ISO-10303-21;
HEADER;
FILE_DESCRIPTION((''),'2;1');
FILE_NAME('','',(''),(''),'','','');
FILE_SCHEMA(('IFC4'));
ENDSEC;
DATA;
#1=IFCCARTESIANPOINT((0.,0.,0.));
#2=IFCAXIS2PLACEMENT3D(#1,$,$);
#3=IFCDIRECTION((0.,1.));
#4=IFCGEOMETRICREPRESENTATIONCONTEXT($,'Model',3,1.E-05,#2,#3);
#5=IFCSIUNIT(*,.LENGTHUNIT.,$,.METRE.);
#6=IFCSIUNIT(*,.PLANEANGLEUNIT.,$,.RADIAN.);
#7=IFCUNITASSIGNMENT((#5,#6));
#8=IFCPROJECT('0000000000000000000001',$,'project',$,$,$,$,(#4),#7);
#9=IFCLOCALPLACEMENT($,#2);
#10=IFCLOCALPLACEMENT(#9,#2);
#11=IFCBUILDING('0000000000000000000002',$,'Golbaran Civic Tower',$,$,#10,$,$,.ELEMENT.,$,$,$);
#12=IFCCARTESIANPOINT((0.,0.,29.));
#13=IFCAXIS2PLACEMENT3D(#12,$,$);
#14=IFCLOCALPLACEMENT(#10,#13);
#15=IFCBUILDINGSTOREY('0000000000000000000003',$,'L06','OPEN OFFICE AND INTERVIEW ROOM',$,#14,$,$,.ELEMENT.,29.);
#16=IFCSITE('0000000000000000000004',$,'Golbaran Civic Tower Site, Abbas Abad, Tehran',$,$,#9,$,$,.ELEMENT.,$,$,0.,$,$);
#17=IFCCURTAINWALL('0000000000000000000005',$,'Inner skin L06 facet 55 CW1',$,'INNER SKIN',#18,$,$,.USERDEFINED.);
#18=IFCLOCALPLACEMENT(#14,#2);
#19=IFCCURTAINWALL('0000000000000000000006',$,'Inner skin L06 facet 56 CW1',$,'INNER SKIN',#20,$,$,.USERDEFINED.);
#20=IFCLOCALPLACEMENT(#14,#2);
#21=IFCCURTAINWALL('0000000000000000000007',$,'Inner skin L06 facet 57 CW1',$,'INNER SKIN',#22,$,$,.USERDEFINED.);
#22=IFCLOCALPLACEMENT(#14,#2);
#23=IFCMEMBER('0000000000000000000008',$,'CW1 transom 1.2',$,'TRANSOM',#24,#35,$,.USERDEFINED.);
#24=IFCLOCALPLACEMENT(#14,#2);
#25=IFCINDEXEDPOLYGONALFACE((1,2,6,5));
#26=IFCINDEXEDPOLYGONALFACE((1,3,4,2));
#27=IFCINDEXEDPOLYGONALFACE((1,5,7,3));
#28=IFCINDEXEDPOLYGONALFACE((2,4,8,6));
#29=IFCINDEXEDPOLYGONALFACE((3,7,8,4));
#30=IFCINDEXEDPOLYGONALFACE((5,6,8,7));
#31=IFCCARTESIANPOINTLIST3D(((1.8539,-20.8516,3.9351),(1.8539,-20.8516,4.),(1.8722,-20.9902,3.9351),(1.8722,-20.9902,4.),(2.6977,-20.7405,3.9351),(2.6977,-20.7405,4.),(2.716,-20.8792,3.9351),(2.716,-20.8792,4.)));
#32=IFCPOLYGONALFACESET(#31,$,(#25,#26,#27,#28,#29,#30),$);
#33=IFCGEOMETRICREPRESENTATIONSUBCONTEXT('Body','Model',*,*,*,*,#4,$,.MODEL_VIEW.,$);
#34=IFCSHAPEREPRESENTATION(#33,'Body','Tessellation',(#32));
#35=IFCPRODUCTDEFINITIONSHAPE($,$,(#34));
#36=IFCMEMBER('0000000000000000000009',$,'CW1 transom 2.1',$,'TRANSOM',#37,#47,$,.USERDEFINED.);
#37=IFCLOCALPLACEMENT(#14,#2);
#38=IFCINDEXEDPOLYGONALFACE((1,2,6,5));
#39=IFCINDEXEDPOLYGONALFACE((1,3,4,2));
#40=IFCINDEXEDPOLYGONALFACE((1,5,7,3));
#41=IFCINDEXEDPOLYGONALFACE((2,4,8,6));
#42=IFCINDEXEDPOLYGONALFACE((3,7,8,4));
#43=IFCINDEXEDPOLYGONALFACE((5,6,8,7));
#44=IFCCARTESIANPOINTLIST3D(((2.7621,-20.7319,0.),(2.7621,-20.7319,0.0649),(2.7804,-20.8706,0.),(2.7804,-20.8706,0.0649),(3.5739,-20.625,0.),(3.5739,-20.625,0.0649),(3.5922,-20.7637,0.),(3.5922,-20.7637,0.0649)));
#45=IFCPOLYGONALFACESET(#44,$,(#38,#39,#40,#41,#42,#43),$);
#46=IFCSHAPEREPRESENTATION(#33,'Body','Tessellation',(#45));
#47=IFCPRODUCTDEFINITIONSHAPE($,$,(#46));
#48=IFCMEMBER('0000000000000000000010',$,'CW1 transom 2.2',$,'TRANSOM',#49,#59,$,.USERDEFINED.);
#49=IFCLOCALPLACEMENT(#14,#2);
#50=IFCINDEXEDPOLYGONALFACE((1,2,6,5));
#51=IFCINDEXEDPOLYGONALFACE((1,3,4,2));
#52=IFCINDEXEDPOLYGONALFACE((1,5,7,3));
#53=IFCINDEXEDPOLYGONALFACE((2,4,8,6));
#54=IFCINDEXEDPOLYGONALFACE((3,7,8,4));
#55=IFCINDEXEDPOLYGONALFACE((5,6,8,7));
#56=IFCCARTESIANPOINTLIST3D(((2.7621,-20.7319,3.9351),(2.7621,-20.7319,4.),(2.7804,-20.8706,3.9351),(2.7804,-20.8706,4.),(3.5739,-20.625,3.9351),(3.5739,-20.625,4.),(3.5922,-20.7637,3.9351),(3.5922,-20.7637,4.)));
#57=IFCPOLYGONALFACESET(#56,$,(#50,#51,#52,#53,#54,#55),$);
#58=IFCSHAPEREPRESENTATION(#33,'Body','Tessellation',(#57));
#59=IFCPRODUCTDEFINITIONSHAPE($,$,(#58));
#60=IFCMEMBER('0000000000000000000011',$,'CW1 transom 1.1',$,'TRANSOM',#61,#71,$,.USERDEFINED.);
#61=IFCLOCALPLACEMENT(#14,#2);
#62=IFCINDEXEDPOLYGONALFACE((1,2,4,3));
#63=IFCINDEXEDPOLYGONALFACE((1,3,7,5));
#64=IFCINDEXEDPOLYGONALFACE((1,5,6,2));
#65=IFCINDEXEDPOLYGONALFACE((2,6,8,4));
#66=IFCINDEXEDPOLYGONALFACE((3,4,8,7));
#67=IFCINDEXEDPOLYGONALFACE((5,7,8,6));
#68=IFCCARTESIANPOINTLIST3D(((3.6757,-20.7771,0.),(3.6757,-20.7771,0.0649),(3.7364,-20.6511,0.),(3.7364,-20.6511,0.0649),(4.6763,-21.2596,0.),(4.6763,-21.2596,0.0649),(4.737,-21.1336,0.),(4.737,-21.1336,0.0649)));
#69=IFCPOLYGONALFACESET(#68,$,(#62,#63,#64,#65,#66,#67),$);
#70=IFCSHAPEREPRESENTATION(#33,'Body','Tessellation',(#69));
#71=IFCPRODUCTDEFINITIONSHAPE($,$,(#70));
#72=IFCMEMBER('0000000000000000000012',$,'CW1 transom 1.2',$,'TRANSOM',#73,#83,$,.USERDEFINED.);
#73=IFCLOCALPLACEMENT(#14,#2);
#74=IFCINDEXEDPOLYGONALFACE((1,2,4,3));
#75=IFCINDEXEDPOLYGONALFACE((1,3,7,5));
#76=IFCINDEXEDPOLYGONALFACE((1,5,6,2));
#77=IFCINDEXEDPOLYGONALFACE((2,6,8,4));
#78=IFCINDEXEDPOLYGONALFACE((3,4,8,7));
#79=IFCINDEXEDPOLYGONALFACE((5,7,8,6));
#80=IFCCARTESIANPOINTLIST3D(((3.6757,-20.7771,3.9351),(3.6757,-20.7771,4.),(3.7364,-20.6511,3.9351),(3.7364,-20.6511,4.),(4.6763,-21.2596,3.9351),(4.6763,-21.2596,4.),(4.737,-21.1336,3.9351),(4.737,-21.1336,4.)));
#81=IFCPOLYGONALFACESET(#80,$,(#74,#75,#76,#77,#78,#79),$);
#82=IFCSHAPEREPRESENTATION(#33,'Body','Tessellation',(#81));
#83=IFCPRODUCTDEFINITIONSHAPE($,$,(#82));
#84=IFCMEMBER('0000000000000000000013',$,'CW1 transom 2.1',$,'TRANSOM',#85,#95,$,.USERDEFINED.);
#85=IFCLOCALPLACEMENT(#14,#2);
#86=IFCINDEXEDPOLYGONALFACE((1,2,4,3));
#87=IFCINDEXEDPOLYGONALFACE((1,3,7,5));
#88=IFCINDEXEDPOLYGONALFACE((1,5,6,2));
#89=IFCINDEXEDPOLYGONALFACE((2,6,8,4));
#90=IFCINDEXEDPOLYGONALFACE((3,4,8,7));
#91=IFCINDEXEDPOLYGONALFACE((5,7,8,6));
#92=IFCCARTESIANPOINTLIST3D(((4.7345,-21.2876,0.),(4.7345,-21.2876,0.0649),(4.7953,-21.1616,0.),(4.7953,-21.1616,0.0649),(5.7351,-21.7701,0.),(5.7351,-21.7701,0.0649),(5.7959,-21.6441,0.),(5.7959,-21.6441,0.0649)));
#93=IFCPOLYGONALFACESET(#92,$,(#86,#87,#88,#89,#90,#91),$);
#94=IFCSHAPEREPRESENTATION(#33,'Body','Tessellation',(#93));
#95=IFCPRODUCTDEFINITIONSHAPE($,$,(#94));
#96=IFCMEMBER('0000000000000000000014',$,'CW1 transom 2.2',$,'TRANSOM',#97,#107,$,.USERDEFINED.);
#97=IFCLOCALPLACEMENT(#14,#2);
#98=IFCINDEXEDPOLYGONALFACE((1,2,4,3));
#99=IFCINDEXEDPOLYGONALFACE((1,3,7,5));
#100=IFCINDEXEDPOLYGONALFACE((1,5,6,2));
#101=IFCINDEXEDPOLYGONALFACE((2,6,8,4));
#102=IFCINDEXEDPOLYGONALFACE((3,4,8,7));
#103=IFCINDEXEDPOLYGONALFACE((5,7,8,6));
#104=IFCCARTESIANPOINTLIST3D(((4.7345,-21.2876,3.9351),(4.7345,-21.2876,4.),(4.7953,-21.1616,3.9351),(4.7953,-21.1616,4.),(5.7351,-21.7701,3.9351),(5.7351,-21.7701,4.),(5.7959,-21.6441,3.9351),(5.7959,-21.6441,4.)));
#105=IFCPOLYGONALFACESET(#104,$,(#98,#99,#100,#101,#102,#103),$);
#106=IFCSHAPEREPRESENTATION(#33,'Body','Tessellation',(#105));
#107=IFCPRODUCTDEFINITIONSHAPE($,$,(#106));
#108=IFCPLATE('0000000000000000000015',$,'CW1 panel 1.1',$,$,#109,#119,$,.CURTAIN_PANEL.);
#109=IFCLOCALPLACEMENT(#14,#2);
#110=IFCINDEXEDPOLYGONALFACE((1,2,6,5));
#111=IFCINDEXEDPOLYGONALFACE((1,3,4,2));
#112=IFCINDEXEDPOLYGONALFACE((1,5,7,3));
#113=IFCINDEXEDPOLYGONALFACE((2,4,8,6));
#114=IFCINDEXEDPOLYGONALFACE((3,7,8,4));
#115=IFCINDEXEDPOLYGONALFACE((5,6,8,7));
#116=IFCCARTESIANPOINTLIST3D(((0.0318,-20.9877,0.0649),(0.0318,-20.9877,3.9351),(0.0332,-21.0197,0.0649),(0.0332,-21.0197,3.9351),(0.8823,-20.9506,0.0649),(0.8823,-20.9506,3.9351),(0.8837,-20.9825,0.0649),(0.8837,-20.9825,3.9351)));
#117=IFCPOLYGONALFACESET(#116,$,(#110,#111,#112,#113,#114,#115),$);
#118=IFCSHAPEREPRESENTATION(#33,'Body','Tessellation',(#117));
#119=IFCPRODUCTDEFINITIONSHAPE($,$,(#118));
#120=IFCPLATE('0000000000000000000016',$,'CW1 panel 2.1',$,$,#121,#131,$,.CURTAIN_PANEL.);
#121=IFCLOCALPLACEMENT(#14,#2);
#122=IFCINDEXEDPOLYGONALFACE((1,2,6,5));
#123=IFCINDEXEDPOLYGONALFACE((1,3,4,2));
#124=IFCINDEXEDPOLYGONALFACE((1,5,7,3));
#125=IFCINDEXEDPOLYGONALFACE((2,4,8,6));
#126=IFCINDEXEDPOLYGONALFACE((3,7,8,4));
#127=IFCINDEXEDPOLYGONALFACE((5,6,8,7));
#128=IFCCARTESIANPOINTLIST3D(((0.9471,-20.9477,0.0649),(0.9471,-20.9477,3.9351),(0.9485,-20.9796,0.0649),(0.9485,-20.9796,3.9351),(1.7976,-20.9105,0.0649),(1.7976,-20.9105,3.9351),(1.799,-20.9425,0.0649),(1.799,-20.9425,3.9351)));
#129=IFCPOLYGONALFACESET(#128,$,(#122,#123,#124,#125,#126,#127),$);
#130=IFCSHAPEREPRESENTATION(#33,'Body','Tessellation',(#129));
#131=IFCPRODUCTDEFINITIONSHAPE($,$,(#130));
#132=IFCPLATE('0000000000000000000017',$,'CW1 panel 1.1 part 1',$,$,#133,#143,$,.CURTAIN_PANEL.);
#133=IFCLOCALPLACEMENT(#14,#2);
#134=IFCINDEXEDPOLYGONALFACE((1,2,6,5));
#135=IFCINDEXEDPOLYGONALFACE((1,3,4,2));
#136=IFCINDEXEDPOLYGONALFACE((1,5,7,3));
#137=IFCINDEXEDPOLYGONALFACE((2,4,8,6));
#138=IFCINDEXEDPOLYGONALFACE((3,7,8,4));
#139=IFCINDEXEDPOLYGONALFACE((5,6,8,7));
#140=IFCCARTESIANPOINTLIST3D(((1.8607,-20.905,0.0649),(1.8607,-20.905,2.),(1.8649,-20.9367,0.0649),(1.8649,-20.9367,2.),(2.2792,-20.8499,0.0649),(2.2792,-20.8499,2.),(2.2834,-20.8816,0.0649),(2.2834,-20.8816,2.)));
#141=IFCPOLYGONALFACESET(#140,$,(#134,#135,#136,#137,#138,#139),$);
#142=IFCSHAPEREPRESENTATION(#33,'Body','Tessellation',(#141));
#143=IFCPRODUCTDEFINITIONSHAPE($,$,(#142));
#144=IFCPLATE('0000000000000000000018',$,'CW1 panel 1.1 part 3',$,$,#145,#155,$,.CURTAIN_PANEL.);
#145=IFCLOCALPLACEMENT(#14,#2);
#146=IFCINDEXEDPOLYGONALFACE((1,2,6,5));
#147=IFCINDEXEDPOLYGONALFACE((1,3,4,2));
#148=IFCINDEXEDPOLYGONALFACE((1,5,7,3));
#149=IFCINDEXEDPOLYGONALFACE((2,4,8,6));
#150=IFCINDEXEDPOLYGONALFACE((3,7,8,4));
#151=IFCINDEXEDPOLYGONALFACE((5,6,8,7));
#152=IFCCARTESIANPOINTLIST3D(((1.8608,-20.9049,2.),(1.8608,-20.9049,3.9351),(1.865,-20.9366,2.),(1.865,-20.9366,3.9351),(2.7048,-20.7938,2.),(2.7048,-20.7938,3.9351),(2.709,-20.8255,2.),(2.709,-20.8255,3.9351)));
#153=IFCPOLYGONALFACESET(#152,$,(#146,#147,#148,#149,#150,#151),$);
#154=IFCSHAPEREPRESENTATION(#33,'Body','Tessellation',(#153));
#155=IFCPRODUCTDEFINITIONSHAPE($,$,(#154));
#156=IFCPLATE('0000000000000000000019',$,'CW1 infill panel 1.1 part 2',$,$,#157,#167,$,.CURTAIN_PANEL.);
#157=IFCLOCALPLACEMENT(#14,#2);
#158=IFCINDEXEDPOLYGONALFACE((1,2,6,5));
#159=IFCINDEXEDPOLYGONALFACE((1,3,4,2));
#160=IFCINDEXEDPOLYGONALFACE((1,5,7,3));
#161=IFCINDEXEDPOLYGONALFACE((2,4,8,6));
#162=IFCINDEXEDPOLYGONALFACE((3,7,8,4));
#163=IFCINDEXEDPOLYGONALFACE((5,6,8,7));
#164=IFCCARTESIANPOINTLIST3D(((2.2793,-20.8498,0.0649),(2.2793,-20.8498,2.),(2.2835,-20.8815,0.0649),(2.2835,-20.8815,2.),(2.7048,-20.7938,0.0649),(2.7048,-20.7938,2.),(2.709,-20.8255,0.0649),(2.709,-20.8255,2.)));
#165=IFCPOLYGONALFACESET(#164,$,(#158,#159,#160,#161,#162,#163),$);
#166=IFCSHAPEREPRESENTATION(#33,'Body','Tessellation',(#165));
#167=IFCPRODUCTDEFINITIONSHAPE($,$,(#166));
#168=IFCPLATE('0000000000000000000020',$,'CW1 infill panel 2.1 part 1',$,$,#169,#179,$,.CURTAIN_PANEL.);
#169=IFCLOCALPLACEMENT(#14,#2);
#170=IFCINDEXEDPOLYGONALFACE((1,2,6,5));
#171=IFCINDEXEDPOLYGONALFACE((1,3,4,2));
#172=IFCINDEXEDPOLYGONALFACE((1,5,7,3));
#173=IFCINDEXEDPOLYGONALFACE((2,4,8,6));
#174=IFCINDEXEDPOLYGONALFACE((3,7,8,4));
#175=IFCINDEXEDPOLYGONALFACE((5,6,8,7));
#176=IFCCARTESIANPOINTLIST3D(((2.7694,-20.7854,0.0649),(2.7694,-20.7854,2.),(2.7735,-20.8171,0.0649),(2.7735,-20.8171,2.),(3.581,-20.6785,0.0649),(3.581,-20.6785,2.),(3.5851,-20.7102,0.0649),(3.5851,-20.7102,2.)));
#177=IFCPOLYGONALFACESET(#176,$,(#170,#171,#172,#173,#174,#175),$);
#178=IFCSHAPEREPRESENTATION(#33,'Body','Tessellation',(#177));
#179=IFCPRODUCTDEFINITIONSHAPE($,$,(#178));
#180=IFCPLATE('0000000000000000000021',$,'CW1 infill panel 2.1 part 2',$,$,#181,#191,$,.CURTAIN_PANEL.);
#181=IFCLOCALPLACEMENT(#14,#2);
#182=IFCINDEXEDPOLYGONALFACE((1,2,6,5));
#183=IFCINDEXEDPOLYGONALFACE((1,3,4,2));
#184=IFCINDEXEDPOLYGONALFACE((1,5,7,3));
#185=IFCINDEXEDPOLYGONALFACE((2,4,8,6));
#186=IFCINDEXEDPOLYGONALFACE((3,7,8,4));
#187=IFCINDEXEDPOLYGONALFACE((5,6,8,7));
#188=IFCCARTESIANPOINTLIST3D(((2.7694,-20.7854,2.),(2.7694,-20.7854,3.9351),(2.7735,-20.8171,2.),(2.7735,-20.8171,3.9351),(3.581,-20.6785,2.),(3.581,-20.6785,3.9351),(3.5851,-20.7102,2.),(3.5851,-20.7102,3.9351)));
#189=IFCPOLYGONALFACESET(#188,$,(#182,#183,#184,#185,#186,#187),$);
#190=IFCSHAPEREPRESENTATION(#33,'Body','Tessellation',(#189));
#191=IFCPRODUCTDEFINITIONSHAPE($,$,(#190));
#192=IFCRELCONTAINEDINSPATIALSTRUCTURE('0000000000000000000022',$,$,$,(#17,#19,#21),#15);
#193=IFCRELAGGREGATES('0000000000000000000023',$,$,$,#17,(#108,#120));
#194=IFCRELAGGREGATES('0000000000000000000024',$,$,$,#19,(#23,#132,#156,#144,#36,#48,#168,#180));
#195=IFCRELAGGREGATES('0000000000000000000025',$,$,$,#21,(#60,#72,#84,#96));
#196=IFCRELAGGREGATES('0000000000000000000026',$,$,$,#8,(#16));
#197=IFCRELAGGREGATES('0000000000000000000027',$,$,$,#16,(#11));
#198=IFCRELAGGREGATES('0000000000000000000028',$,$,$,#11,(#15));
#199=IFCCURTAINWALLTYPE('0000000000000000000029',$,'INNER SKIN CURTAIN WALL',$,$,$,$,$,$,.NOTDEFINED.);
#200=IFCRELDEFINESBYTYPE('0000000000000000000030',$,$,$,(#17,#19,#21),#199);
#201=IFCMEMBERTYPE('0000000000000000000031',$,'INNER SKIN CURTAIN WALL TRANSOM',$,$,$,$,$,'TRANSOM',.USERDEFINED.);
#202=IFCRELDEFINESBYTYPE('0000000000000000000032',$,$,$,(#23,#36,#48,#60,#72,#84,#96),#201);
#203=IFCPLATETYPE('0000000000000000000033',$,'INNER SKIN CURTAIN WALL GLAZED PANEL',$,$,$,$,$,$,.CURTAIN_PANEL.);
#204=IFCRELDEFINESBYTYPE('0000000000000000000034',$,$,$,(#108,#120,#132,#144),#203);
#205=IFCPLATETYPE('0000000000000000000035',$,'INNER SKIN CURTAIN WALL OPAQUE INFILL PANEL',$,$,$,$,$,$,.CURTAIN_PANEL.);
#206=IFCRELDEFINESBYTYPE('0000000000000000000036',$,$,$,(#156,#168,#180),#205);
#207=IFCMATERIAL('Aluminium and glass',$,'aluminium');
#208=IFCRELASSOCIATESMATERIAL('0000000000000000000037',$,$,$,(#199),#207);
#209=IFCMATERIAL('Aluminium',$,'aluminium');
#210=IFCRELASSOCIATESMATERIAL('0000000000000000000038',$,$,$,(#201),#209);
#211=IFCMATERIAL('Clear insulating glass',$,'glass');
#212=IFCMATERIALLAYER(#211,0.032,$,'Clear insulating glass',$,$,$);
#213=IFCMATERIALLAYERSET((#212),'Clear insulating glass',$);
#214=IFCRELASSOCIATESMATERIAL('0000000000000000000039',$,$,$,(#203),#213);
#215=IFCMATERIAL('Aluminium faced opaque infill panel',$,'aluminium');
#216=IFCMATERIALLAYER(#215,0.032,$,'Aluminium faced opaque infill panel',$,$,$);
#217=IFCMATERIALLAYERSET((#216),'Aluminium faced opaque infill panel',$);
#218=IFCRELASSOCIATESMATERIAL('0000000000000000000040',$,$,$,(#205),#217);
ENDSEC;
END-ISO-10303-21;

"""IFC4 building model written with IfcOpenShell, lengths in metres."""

from ifc_helpers import new_model, si_unit, direction, frame, origin, origin_2d, place, context, subcontext, project, spatial, rectangle, extrude, material, layer, layer_set, material_profile, profile_set, type_object, element, aggregate, save


model = new_model("IFC4")

# Units and contexts
model_context = context("Model", 3, precision=1e-05, world=origin(), true_north=direction((0.0, 1.0)))
body_context = subcontext(model_context, "Body", "Model", "MODEL_VIEW")
ifc_project = project(units=[si_unit("LENGTHUNIT", "METRE"), si_unit("PLANEANGLEUNIT", "RADIAN")], contexts=[model_context])

# Site, building, storey
site_placement = place(None, origin())
site = spatial("IfcSite", under=ifc_project, at=site_placement, Name="Golbaran Civic Tower Site, Abbas Abad, Tehran", CompositionType="ELEMENT", RefElevation=0.0)
building_placement = place(site_placement, origin())
building = spatial("IfcBuilding", under=site, at=building_placement, Name="Golbaran Civic Tower", CompositionType="ELEMENT")
storey_placement = place(building_placement, frame((0.0, 0.0, 29.0)))
storey = spatial("IfcBuildingStorey", under=building, at=storey_placement, Name="L06", Description="OPEN OFFICE AND INTERVIEW ROOM", CompositionType="ELEMENT", Elevation=29.0)

# Curtain walls
ifc_material_1 = material(Name="Aluminium and glass", Category="aluminium")
curtain_wall_type = type_object("IfcCurtainWallType", Name="INNER SKIN CURTAIN WALL", PredefinedType="NOTDEFINED", material=ifc_material_1)
curtain_wall_1_placement = place(storey_placement, origin())
curtain_wall_1 = element("IfcCurtainWall", 1, at=curtain_wall_1_placement, inside=storey, type_object=curtain_wall_type, Name="Inner skin L06 facet 55 CW1", ObjectType="INNER SKIN", PredefinedType="USERDEFINED")
ifc_material_2 = material(Name="Aluminium", Category="aluminium")
curtain_wall_2_placement = place(storey_placement, origin())
curtain_wall_2 = element("IfcCurtainWall", 2, at=curtain_wall_2_placement, inside=storey, type_object=curtain_wall_type, Name="Inner skin L06 facet 56 CW1", ObjectType="INNER SKIN", PredefinedType="USERDEFINED")
curtain_wall_3_placement = place(storey_placement, origin())
curtain_wall_3 = element("IfcCurtainWall", 3, at=curtain_wall_3_placement, inside=storey, type_object=curtain_wall_type, Name="Inner skin L06 facet 57 CW1", ObjectType="INNER SKIN", PredefinedType="USERDEFINED")

# Members
ifc_material_profile_1 = material_profile(ifc_material_2, rectangle(XDim=0.1399, YDim=0.0649, at=origin_2d()), Name="INNER SKIN CURTAIN WALL TRANSOM")
ifc_profile_set_1 = profile_set([ifc_material_profile_1], Name="Aluminium")
member_type_1 = type_object("IfcMemberType", Name="INNER SKIN CURTAIN WALL TRANSOM", ElementType="TRANSOM", PredefinedType="USERDEFINED", material=ifc_profile_set_1)
member_1_placement = place(storey_placement, frame((1.863, -20.9209, 3.9675), z_axis=(0.991445, 0.130529, 0.0), x_axis=(-0.130529, 0.991445, 0.0)))
member_1 = element("IfcMember", 4, at=member_1_placement, type_object=member_type_1, Name="CW1 transom 1.2", ObjectType="TRANSOM", PredefinedType="USERDEFINED", context=body_context, shape_type="SweptSolid", body=[
    extrude(rectangle(XDim=0.1399, YDim=0.0649, at=origin_2d()), origin(), (0.0, 0.0, 1.0), 0.8511),
])
member_2_placement = place(storey_placement, frame((2.7712, -20.8013, 0.0325), z_axis=(0.991435, 0.130601, 0.0), x_axis=(-0.130601, 0.991435, 0.0)))
member_2 = element("IfcMember", 5, at=member_2_placement, type_object=member_type_1, Name="CW1 transom 2.1", ObjectType="TRANSOM", PredefinedType="USERDEFINED", context=body_context, shape_type="SweptSolid", body=[
    extrude(rectangle(XDim=0.1399, YDim=0.0649, at=origin_2d()), origin(), (0.0, 0.0, 1.0), 0.8188),
])
member_3_placement = place(storey_placement, frame((2.7712, -20.8013, 3.9675), z_axis=(0.991435, 0.130601, 0.0), x_axis=(-0.130601, 0.991435, 0.0)))
member_3 = element("IfcMember", 6, at=member_3_placement, type_object=member_type_1, Name="CW1 transom 2.2", ObjectType="TRANSOM", PredefinedType="USERDEFINED", context=body_context, shape_type="SweptSolid", body=[
    extrude(rectangle(XDim=0.1399, YDim=0.0649, at=origin_2d()), origin(), (0.0, 0.0, 1.0), 0.8188),
])
member_4_placement = place(storey_placement, frame((3.7061, -20.7141, 0.0325), z_axis=(0.900753, -0.434331, 0.0), x_axis=(0.434331, 0.900753, 0.0)))
member_4 = element("IfcMember", 7, at=member_4_placement, type_object=member_type_1, Name="CW1 transom 1.1", ObjectType="TRANSOM", PredefinedType="USERDEFINED", context=body_context, shape_type="SweptSolid", body=[
    extrude(rectangle(XDim=0.1399, YDim=0.0649, at=origin_2d()), origin(), (0.0, 0.0, 1.0), 1.1108),
])
member_5_placement = place(storey_placement, frame((3.7061, -20.7141, 3.9675), z_axis=(0.900753, -0.434331, 0.0), x_axis=(0.434331, 0.900753, 0.0)))
member_5 = element("IfcMember", 8, at=member_5_placement, type_object=member_type_1, Name="CW1 transom 1.2", ObjectType="TRANSOM", PredefinedType="USERDEFINED", context=body_context, shape_type="SweptSolid", body=[
    extrude(rectangle(XDim=0.1399, YDim=0.0649, at=origin_2d()), origin(), (0.0, 0.0, 1.0), 1.1108),
])
member_6_placement = place(storey_placement, frame((4.7649, -21.2246, 0.0325), z_axis=(0.900753, -0.434331, 0.0), x_axis=(0.434331, 0.900753, 0.0)))
member_6 = element("IfcMember", 9, at=member_6_placement, type_object=member_type_1, Name="CW1 transom 2.1", ObjectType="TRANSOM", PredefinedType="USERDEFINED", context=body_context, shape_type="SweptSolid", body=[
    extrude(rectangle(XDim=0.1399, YDim=0.0649, at=origin_2d()), origin(), (0.0, 0.0, 1.0), 1.1108),
])
member_7_placement = place(storey_placement, frame((4.7649, -21.2246, 3.9675), z_axis=(0.900753, -0.434331, 0.0), x_axis=(0.434331, 0.900753, 0.0)))
member_7 = element("IfcMember", 10, at=member_7_placement, type_object=member_type_1, Name="CW1 transom 2.2", ObjectType="TRANSOM", PredefinedType="USERDEFINED", context=body_context, shape_type="SweptSolid", body=[
    extrude(rectangle(XDim=0.1399, YDim=0.0649, at=origin_2d()), origin(), (0.0, 0.0, 1.0), 1.1108),
])

# Plates
ifc_material_3 = material(Name="Clear insulating glass", Category="glass")
ifc_layer_1 = layer(ifc_material_3, 0.032, Name="Clear insulating glass")
ifc_layer_set_1 = layer_set([ifc_layer_1], Name="Clear insulating glass")
plate_type_1 = type_object("IfcPlateType", Name="INNER SKIN CURTAIN WALL GLAZED PANEL", PredefinedType="CURTAIN_PANEL", material=ifc_layer_set_1)
plate_1_placement = place(storey_placement, frame((0.4578, -20.9851, 0.0649), z_axis=(0.0, 0.0, 1.0), x_axis=(0.999048, 0.043619, 0.0)))
plate_1 = element("IfcPlate", 11, at=plate_1_placement, type_object=plate_type_1, Name="CW1 panel 1.1", PredefinedType="CURTAIN_PANEL", context=body_context, shape_type="SweptSolid", body=[
    extrude(rectangle(XDim=0.8513, YDim=0.032, at=origin_2d()), origin(), (0.0, 0.0, 1.0), 3.8701),
])
plate_2_placement = place(storey_placement, frame((1.373, -20.9451, 0.0649), z_axis=(0.0, 0.0, 1.0), x_axis=(0.999048, 0.043619, 0.0)))
plate_2 = element("IfcPlate", 12, at=plate_2_placement, type_object=plate_type_1, Name="CW1 panel 2.1", PredefinedType="CURTAIN_PANEL", context=body_context, shape_type="SweptSolid", body=[
    extrude(rectangle(XDim=0.8513, YDim=0.032, at=origin_2d()), origin(), (0.0, 0.0, 1.0), 3.8701),
])
aggregate(curtain_wall_1, [plate_1, plate_2])
plate_3_placement = place(storey_placement, frame((2.072, -20.8933, 0.0649), z_axis=(0.0, 0.0, 1.0), x_axis=(0.991445, 0.130526, 0.0)))
plate_3 = element("IfcPlate", 13, at=plate_3_placement, type_object=plate_type_1, Name="CW1 panel 1.1 part 1", PredefinedType="CURTAIN_PANEL", context=body_context, shape_type="SweptSolid", body=[
    extrude(rectangle(XDim=0.4221, YDim=0.032, at=origin_2d()), origin(), (0.0, 0.0, 1.0), 1.9351),
])
plate_4_placement = place(storey_placement, frame((2.2849, -20.8652, 2.0), z_axis=(0.0, 0.0, 1.0), x_axis=(0.991445, 0.130526, 0.0)))
plate_4 = element("IfcPlate", 14, at=plate_4_placement, type_object=plate_type_1, Name="CW1 panel 1.1 part 3", PredefinedType="CURTAIN_PANEL", context=body_context, shape_type="SweptSolid", body=[
    extrude(rectangle(XDim=0.8513, YDim=0.032, at=origin_2d()), origin(), (0.0, 0.0, 1.0), 1.9351),
])
ifc_material_4 = material(Name="Aluminium faced opaque infill panel", Category="aluminium")
ifc_layer_2 = layer(ifc_material_4, 0.032, Name="Aluminium faced opaque infill panel")
ifc_layer_set_2 = layer_set([ifc_layer_2], Name="Aluminium faced opaque infill panel")
plate_type_2 = type_object("IfcPlateType", Name="INNER SKIN CURTAIN WALL OPAQUE INFILL PANEL", PredefinedType="CURTAIN_PANEL", material=ifc_layer_set_2)
plate_5_placement = place(storey_placement, frame((2.4941, -20.8376, 0.0649), z_axis=(0.0, 0.0, 1.0), x_axis=(0.991445, 0.130526, 0.0)))
plate_5 = element("IfcPlate", 15, at=plate_5_placement, type_object=plate_type_2, Name="CW1 infill panel 1.1 part 2", PredefinedType="CURTAIN_PANEL", context=body_context, shape_type="SweptSolid", body=[
    extrude(rectangle(XDim=0.4292, YDim=0.032, at=origin_2d()), origin(), (0.0, 0.0, 1.0), 1.9351),
])
plate_6_placement = place(storey_placement, frame((3.1772, -20.7478, 0.0649), z_axis=(0.0, 0.0, 1.0), x_axis=(0.991445, 0.130526, 0.0)))
plate_6 = element("IfcPlate", 16, at=plate_6_placement, type_object=plate_type_2, Name="CW1 infill panel 2.1 part 1", PredefinedType="CURTAIN_PANEL", context=body_context, shape_type="SweptSolid", body=[
    extrude(rectangle(XDim=0.8186, YDim=0.032, at=origin_2d()), origin(), (0.0, 0.0, 1.0), 1.9351),
])
plate_7_placement = place(storey_placement, frame((3.1772, -20.7478, 2.0), z_axis=(0.0, 0.0, 1.0), x_axis=(0.991445, 0.130526, 0.0)))
plate_7 = element("IfcPlate", 17, at=plate_7_placement, type_object=plate_type_2, Name="CW1 infill panel 2.1 part 2", PredefinedType="CURTAIN_PANEL", context=body_context, shape_type="SweptSolid", body=[
    extrude(rectangle(XDim=0.8186, YDim=0.032, at=origin_2d()), origin(), (0.0, 0.0, 1.0), 1.9351),
])
aggregate(curtain_wall_2, [member_1, plate_3, plate_5, plate_4, member_2, member_3, plate_6, plate_7])
aggregate(curtain_wall_3, [member_4, member_5, member_6, member_7])

save(model, "model.ifc")
